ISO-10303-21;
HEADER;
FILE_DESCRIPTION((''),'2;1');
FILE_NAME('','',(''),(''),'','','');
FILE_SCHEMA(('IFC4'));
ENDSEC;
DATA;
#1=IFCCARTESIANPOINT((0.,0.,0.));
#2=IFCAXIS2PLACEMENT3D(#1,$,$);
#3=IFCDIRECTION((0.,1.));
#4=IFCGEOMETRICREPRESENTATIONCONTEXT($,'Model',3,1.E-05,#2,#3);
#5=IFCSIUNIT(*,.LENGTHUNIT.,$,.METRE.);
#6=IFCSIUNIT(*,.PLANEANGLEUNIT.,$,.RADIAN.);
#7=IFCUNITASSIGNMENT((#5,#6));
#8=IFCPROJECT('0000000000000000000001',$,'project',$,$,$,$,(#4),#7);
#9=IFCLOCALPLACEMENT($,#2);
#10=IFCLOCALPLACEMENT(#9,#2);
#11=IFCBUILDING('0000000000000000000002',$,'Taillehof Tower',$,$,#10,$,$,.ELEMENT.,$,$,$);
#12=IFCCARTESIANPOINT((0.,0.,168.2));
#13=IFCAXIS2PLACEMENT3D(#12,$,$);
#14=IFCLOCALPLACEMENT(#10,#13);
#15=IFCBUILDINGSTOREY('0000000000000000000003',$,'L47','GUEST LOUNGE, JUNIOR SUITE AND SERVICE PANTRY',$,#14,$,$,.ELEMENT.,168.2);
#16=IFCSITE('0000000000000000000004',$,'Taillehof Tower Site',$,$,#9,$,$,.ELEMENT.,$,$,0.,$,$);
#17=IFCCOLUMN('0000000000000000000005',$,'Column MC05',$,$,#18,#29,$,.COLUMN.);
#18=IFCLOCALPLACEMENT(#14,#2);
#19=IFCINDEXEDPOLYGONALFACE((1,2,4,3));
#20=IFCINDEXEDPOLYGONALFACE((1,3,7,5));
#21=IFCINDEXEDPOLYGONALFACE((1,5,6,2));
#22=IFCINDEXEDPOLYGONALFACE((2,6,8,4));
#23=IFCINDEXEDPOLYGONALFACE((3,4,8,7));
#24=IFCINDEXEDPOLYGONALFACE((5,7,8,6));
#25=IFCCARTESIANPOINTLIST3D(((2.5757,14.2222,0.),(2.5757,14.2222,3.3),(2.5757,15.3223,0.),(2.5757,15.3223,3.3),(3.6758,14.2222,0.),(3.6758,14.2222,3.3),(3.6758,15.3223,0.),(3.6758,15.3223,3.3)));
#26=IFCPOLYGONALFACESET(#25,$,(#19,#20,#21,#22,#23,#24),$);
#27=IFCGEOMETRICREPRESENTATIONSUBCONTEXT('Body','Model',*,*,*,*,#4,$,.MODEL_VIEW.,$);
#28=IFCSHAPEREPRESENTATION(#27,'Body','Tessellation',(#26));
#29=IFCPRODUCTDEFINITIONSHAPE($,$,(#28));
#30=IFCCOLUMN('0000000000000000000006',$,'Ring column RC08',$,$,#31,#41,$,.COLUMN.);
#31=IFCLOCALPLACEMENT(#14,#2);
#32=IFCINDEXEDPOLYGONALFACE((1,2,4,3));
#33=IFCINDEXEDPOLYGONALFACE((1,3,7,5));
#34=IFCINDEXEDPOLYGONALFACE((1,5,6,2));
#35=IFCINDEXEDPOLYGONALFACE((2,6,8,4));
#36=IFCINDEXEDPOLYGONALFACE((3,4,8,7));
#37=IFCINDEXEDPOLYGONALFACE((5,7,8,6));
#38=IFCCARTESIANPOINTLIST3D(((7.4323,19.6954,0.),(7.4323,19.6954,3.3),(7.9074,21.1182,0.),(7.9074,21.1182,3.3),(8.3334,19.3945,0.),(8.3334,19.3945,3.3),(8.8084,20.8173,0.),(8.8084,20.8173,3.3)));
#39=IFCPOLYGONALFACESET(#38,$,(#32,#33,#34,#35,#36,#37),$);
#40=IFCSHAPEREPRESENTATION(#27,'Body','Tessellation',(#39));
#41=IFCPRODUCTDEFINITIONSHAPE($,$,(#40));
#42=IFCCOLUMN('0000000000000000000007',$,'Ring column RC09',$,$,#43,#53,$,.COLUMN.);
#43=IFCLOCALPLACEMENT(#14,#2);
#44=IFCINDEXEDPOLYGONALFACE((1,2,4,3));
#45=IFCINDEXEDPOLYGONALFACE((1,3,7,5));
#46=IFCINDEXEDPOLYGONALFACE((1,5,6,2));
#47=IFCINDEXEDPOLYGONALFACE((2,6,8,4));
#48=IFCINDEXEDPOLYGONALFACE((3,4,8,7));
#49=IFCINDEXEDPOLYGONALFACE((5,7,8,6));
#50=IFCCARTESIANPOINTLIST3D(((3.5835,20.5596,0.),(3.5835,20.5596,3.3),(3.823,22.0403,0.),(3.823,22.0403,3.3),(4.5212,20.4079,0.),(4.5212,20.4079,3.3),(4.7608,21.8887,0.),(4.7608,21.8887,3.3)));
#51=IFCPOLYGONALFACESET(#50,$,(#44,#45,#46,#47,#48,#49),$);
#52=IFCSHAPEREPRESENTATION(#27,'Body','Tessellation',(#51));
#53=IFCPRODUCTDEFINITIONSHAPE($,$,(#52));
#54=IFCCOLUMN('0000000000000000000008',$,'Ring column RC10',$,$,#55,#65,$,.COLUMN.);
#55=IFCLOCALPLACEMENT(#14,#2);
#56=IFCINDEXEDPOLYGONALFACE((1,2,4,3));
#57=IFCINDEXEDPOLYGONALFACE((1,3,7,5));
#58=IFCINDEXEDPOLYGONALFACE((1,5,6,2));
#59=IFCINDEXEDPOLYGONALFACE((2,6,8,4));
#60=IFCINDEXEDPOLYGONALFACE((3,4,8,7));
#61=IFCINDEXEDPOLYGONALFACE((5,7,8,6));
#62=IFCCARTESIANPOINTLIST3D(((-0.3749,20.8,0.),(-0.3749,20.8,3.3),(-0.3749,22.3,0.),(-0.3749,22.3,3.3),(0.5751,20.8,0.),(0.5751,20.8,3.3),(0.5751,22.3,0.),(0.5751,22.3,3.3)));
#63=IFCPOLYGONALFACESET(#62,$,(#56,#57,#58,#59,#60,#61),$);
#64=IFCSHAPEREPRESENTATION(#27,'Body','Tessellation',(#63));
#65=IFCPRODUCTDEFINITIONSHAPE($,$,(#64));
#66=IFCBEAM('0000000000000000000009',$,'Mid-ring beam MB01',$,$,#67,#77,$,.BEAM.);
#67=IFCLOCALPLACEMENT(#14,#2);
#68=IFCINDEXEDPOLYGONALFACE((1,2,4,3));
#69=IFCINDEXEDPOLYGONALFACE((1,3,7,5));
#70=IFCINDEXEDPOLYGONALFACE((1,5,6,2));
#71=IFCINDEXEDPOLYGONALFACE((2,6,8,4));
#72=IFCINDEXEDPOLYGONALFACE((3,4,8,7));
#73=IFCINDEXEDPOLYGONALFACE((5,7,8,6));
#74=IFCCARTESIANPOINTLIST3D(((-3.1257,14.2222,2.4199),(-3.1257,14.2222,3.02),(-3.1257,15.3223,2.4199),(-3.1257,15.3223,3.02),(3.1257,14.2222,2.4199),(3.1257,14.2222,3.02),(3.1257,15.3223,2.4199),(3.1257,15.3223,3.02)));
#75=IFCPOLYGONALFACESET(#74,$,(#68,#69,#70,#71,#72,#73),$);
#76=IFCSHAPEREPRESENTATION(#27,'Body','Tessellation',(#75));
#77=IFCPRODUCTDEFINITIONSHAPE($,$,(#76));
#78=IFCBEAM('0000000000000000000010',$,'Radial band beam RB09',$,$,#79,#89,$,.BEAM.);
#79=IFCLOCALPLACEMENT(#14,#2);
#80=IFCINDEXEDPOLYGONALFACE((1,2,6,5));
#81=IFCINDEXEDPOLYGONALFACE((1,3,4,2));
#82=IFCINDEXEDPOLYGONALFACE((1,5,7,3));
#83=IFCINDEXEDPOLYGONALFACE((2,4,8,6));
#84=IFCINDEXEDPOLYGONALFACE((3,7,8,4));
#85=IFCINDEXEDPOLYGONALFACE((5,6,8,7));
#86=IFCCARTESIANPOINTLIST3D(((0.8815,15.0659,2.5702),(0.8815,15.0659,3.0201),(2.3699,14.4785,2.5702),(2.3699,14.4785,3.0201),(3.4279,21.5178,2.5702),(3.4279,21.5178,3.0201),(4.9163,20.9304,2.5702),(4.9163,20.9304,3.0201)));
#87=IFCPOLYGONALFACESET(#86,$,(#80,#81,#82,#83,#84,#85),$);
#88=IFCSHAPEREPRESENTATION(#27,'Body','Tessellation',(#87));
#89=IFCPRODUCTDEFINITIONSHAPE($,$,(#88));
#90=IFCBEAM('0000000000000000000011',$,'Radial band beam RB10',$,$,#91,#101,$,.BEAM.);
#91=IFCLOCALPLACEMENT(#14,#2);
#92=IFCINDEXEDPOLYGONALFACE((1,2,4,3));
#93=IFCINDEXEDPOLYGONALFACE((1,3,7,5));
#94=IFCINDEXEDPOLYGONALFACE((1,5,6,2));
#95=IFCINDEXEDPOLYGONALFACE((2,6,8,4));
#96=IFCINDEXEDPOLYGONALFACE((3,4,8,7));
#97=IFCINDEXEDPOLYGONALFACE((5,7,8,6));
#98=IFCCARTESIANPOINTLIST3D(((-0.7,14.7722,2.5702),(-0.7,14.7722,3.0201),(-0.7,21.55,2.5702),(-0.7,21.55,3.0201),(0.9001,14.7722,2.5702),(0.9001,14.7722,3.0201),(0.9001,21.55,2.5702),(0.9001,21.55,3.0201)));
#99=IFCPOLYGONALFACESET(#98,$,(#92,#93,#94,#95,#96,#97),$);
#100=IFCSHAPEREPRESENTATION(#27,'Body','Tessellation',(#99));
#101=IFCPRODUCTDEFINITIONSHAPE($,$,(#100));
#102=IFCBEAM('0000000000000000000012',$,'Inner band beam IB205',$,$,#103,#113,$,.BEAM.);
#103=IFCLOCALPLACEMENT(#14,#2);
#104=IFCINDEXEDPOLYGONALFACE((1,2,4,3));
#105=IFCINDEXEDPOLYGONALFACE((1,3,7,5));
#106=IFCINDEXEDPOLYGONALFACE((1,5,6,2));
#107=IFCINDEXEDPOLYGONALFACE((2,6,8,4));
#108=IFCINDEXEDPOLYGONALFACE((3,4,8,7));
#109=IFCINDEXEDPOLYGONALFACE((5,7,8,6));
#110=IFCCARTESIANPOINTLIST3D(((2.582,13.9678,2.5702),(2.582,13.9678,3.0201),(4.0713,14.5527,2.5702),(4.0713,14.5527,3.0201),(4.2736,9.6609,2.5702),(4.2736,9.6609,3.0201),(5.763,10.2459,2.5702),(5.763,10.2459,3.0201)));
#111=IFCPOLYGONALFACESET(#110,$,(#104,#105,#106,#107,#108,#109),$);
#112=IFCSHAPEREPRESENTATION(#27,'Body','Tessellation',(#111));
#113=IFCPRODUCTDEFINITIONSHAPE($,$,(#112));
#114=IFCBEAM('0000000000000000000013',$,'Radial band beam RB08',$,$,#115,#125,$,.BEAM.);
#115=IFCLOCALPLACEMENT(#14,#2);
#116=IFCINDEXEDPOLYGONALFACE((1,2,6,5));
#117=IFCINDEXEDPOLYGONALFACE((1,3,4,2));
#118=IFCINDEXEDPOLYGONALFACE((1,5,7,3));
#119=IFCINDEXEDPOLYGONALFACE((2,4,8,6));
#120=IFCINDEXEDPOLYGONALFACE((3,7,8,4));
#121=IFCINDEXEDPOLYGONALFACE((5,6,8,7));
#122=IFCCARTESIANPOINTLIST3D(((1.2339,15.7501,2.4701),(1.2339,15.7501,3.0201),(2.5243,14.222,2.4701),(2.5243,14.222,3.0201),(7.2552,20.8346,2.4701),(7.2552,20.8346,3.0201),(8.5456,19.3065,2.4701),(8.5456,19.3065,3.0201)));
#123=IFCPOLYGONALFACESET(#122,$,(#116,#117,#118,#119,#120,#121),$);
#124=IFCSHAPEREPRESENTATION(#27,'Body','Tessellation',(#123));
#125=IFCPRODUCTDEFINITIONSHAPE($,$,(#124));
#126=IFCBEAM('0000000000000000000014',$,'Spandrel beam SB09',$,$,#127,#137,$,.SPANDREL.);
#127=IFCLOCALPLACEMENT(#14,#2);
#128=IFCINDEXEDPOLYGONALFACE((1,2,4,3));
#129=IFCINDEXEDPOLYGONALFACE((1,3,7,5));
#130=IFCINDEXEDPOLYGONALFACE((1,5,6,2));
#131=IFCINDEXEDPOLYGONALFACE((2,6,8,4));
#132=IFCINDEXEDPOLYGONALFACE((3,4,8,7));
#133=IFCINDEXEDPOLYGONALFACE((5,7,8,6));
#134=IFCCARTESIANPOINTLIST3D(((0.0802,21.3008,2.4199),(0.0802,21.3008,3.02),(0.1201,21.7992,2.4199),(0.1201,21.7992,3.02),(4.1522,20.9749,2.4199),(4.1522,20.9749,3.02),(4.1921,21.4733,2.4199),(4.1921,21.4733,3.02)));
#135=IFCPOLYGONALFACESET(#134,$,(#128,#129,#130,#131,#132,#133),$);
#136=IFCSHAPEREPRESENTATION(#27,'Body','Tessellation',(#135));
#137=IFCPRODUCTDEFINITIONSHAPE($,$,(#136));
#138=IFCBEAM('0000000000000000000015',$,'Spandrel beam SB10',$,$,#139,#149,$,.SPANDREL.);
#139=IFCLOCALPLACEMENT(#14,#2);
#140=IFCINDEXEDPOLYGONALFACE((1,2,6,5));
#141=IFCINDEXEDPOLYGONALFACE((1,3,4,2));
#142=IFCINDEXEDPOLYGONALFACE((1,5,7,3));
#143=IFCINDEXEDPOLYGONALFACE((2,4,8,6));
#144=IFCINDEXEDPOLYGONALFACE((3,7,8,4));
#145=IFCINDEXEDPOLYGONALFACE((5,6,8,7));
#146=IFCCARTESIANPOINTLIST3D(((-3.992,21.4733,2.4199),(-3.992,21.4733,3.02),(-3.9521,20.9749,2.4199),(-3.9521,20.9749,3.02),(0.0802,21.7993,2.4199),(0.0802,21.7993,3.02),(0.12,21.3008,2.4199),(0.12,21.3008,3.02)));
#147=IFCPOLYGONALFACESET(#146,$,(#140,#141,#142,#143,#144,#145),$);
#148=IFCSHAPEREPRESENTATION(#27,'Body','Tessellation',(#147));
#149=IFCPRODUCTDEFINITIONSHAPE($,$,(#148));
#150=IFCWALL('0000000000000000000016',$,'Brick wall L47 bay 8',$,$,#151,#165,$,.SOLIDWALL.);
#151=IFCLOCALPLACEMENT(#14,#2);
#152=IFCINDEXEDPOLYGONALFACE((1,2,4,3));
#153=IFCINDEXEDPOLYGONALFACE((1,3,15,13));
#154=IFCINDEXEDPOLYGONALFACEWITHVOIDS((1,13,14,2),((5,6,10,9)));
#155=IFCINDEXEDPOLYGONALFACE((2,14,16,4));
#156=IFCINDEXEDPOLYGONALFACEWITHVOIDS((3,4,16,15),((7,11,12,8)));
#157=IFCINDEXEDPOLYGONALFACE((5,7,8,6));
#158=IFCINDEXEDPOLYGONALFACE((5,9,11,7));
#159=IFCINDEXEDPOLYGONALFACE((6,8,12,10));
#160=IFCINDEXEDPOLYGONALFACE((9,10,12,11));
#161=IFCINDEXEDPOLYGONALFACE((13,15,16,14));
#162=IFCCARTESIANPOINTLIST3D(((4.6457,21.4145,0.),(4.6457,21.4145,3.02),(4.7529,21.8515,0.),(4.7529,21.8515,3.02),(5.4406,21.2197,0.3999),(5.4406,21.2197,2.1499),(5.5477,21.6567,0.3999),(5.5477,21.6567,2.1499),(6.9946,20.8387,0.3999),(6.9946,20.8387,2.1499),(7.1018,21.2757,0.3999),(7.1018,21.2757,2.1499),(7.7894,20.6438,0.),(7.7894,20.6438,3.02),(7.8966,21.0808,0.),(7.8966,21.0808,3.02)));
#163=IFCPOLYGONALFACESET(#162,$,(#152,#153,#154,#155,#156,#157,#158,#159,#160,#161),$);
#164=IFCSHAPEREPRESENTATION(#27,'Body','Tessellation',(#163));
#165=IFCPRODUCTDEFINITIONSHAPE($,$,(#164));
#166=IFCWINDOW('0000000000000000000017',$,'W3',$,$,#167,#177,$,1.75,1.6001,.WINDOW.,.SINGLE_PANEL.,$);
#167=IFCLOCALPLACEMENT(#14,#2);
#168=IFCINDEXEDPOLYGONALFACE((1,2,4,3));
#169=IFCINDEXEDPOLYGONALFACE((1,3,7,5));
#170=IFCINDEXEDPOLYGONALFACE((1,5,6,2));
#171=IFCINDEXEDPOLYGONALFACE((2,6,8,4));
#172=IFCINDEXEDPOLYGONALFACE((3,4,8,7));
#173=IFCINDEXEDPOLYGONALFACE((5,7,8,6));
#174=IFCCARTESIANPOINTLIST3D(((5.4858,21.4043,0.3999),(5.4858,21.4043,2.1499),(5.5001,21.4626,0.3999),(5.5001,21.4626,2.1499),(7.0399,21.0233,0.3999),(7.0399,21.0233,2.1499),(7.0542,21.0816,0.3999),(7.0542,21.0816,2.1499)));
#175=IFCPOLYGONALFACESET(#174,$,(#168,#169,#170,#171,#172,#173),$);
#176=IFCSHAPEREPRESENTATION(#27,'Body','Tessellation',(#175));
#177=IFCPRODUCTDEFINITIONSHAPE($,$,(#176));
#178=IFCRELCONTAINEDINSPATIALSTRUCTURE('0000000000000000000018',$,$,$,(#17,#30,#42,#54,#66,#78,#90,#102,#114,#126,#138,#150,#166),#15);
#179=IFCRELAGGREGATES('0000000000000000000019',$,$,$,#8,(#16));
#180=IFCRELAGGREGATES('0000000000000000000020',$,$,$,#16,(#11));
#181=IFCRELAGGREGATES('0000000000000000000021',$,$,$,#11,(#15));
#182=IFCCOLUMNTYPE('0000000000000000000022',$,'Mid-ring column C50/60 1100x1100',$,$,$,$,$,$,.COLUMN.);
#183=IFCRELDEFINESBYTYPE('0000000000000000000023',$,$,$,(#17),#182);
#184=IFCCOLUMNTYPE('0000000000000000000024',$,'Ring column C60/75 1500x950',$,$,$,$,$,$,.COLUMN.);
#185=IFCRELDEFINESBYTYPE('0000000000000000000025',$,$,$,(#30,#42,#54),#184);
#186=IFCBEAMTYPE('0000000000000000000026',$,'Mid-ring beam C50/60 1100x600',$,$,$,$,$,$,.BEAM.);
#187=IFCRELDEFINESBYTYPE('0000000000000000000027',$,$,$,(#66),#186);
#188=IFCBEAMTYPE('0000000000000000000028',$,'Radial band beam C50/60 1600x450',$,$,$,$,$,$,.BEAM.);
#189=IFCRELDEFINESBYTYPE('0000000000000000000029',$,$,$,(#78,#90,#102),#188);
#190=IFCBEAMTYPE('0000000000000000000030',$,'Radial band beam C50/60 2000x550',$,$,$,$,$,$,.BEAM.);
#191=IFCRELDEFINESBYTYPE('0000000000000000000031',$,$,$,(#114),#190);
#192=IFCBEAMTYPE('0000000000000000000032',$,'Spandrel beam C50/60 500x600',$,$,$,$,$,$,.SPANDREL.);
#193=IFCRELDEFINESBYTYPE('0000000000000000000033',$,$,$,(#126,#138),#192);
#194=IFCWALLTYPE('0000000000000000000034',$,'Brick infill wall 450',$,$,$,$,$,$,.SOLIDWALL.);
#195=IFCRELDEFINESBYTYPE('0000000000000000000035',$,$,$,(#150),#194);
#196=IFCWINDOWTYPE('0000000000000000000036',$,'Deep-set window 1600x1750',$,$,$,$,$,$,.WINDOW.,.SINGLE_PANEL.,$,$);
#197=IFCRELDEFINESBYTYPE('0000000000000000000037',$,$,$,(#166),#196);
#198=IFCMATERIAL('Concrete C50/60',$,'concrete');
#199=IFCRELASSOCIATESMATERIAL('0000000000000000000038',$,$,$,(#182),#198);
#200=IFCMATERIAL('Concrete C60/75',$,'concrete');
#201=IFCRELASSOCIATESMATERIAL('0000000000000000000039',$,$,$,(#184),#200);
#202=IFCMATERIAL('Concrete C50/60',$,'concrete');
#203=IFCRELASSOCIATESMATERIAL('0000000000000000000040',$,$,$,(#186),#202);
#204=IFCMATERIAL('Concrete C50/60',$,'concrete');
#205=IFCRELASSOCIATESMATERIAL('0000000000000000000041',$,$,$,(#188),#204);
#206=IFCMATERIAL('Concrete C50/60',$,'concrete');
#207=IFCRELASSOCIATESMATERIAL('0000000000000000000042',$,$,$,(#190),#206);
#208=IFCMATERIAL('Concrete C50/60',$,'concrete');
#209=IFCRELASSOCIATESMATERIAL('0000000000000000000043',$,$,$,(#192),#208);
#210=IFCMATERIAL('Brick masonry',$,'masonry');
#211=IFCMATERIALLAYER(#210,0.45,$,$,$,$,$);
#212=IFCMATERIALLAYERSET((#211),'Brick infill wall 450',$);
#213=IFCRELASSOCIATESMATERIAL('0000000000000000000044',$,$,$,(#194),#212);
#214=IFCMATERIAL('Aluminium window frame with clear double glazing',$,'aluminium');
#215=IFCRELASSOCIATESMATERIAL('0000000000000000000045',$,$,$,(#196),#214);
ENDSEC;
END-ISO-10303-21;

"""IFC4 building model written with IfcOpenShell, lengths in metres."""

from ifc_helpers import new_model, si_unit, direction, frame, frame_2d, origin, origin_2d, place, context, subcontext, project, spatial, rectangle, extrude, material, layer, layer_set, material_profile, profile_set, type_object, element, fill, save


model = new_model("IFC4")

# Units and contexts
model_context = context("Model", 3, precision=1e-05, world=origin(), true_north=direction((0.0, 1.0)))
body_context = subcontext(model_context, "Body", "Model", "MODEL_VIEW")
ifc_project = project(units=[si_unit("LENGTHUNIT", "METRE"), si_unit("PLANEANGLEUNIT", "RADIAN")], contexts=[model_context])

# Site, building, storey
site_placement = place(None, origin())
site = spatial("IfcSite", under=ifc_project, at=site_placement, Name="Taillehof Tower Site", CompositionType="ELEMENT", RefElevation=0.0)
building_placement = place(site_placement, origin())
building = spatial("IfcBuilding", under=site, at=building_placement, Name="Taillehof Tower", CompositionType="ELEMENT")
storey_placement = place(building_placement, frame((0.0, 0.0, 168.2)))
storey = spatial("IfcBuildingStorey", under=building, at=storey_placement, Name="L47", Description="GUEST LOUNGE, JUNIOR SUITE AND SERVICE PANTRY", CompositionType="ELEMENT", Elevation=168.2)

# Columns
ifc_material_1 = material(Name="Concrete C50/60", Category="concrete")
ifc_material_profile_1 = material_profile(ifc_material_1, rectangle(XDim=1.1001, YDim=1.1001, at=origin_2d()), Name="RC 1100x1100")
ifc_profile_set_1 = profile_set([ifc_material_profile_1], Name="Concrete C50/60")
column_type_1 = type_object("IfcColumnType", Name="Mid-ring column C50/60 1100x1100", PredefinedType="COLUMN", material=ifc_profile_set_1)
column_placement = place(storey_placement, frame((3.1257, 14.7722, 0.0), z_axis=(0.0, 0.0, 1.0), x_axis=(1.0, 0.0, 0.0)))
element("IfcColumn", 1, at=column_placement, inside=storey, type_object=column_type_1, Name="Column MC05", PredefinedType="COLUMN", context=body_context, shape_type="SweptSolid", body=[
    extrude(rectangle(XDim=1.1001, YDim=1.1001, at=origin_2d()), origin(), (0.0, 0.0, 1.0), 3.3),
])
ifc_material_2 = material(Name="Concrete C60/75", Category="concrete")
ifc_material_profile_2 = material_profile(ifc_material_2, rectangle(XDim=1.5, YDim=0.95, at=origin_2d()), Name="RC 1500x950")
ifc_profile_set_2 = profile_set([ifc_material_profile_2], Name="Concrete C60/75")
column_type_2 = type_object("IfcColumnType", Name="Ring column C60/75 1500x950", PredefinedType="COLUMN", material=ifc_profile_set_2)
for number, where, z_axis, x_axis, name in (
    (2, (8.1204, 20.2563, 0.0), (0.0, 0.0, 1.0), (0.316703, 0.948525, 0.0), "Ring column RC08"),
    (3, (4.1721, 21.2241, 0.0), (0.0, 0.0, 1.0), (0.159679, 0.987169, 0.0), "Ring column RC09"),
    (4, (0.1001, 21.55, 0.0), (0.0, 0.0, 1.0), (0.0, 1.0, 0.0), "Ring column RC10"),
):
    element("IfcColumn", number, at=place(storey_placement, frame(where, z_axis=z_axis, x_axis=x_axis)), inside=storey, type_object=column_type_2, Name=name, PredefinedType="COLUMN", context=body_context, shape_type="SweptSolid", body=[
        extrude(rectangle(XDim=1.5, YDim=0.95, at=origin_2d()), origin(), (0.0, 0.0, 1.0), 3.3),
    ])

# Beams
ifc_material_3 = material(Name="Concrete C50/60", Category="concrete")
ifc_material_profile_3 = material_profile(ifc_material_3, rectangle(XDim=1.1001, YDim=0.6001, at=origin_2d()), Name="RC 1100x600")
ifc_profile_set_3 = profile_set([ifc_material_profile_3], Name="Concrete C50/60")
beam_type_1 = type_object("IfcBeamType", Name="Mid-ring beam C50/60 1100x600", PredefinedType="BEAM", material=ifc_profile_set_3)
beam_1_placement = place(storey_placement, frame((3.1257, 14.7722, 2.72), z_axis=(-1.0, 0.0, 0.0), x_axis=(0.0, -1.0, 0.0)))
element("IfcBeam", 5, at=beam_1_placement, inside=storey, type_object=beam_type_1, Name="Mid-ring beam MB01", PredefinedType="BEAM", context=body_context, shape_type="SweptSolid", body=[
    extrude(rectangle(XDim=1.1001, YDim=0.6001, at=origin_2d()), origin(), (0.0, 0.0, 1.0), 6.2515),
])
ifc_material_4 = material(Name="Concrete C50/60", Category="concrete")
ifc_material_profile_4 = material_profile(ifc_material_4, rectangle(XDim=1.6001, YDim=0.45, at=origin_2d()), Name="RC 1600x450")
ifc_profile_set_4 = profile_set([ifc_material_profile_4], Name="Concrete C50/60")
beam_type_2 = type_object("IfcBeamType", Name="Radial band beam C50/60 1600x450", PredefinedType="BEAM", material=ifc_profile_set_4)
beam_2_placement = place(storey_placement, frame((4.1721, 21.2241, 2.7952), z_axis=(-0.367114, -0.930176, 0.0), x_axis=(0.930176, -0.367114, 0.0)))
element("IfcBeam", 6, at=beam_2_placement, inside=storey, type_object=beam_type_2, Name="Radial band beam RB09", PredefinedType="BEAM", context=body_context, shape_type="SweptSolid", body=[
    extrude(rectangle(XDim=1.6001, YDim=0.45, at=origin_2d()), origin(), (0.0, 0.0, 1.0), 6.9363),
])
beam_3_placement = place(storey_placement, frame((0.1001, 21.55, 2.7952), z_axis=(0.0, -1.0, 0.0), x_axis=(1.0, 0.0, 0.0)))
element("IfcBeam", 7, at=beam_3_placement, inside=storey, type_object=beam_type_2, Name="Radial band beam RB10", PredefinedType="BEAM", context=body_context, shape_type="SweptSolid", body=[
    extrude(rectangle(XDim=1.6001, YDim=0.45, at=origin_2d()), origin(), (0.0, 0.0, 1.0), 6.7778),
])
beam_4_placement = place(storey_placement, frame((3.3267, 14.2603, 2.7952), z_axis=(0.365589, -0.930777, 0.0), x_axis=(0.930777, 0.365589, 0.0)))
element("IfcBeam", 8, at=beam_4_placement, inside=storey, type_object=beam_type_2, Name="Inner band beam IB205", PredefinedType="BEAM", context=body_context, shape_type="SweptSolid", body=[
    extrude(rectangle(XDim=1.6001, YDim=0.45, at=origin_2d()), origin(), (0.0, 0.0, 1.0), 4.6272),
])
ifc_material_5 = material(Name="Concrete C50/60", Category="concrete")
ifc_material_profile_5 = material_profile(ifc_material_5, rectangle(XDim=2.0, YDim=0.55, at=origin_2d()), Name="RC 2000x550")
ifc_profile_set_5 = profile_set([ifc_material_profile_5], Name="Concrete C50/60")
beam_type_3 = type_object("IfcBeamType", Name="Radial band beam C50/60 2000x550", PredefinedType="BEAM", material=ifc_profile_set_5)
beam_5_placement = place(storey_placement, frame((7.9004, 20.0706, 2.7451), z_axis=(-0.764038, -0.645171, 0.0), x_axis=(0.645171, -0.764038, 0.0)))
element("IfcBeam", 9, at=beam_5_placement, inside=storey, type_object=beam_type_3, Name="Radial band beam RB08", PredefinedType="BEAM", context=body_context, shape_type="SweptSolid", body=[
    extrude(rectangle(XDim=2.0, YDim=0.55, at=origin_2d()), origin(), (0.0, 0.0, 1.0), 7.8809),
])
ifc_material_6 = material(Name="Concrete C50/60", Category="concrete")
ifc_material_profile_6 = material_profile(ifc_material_6, rectangle(XDim=0.5, YDim=0.6001, at=origin_2d()), Name="RC 500x600")
ifc_profile_set_6 = profile_set([ifc_material_profile_6], Name="Concrete C50/60")
beam_type_4 = type_object("IfcBeamType", Name="Spandrel beam C50/60 500x600", PredefinedType="SPANDREL", material=ifc_profile_set_6)
beam_6_placement = place(storey_placement, frame((4.1721, 21.2241, 2.72), z_axis=(-0.996812, 0.079786, 0.0), x_axis=(-0.079786, -0.996812, 0.0)))
element("IfcBeam", 10, at=beam_6_placement, inside=storey, type_object=beam_type_4, Name="Spandrel beam SB09", PredefinedType="SPANDREL", context=body_context, shape_type="SweptSolid", body=[
    extrude(rectangle(XDim=0.5, YDim=0.6001, at=origin_2d()), origin(), (0.0, 0.0, 1.0), 4.085),
])
beam_7_placement = place(storey_placement, frame((0.1001, 21.55, 2.72), z_axis=(-0.996812, -0.079781, 0.0), x_axis=(0.079781, -0.996812, 0.0)))
element("IfcBeam", 11, at=beam_7_placement, inside=storey, type_object=beam_type_4, Name="Spandrel beam SB10", PredefinedType="SPANDREL", context=body_context, shape_type="SweptSolid", body=[
    extrude(rectangle(XDim=0.5, YDim=0.6001, at=origin_2d()), origin(), (0.0, 0.0, 1.0), 4.0852),
])

# Wall, opening, window
ifc_material_7 = material(Name="Brick masonry", Category="masonry")
ifc_layer_1 = layer(ifc_material_7, 0.45)
ifc_layer_set_1 = layer_set([ifc_layer_1], Name="Brick infill wall 450")
wall_type_1 = type_object("IfcWallType", Name="Brick infill wall 450", PredefinedType="SOLIDWALL", material=ifc_layer_set_1)
wall_1_placement = place(storey_placement, frame((7.843, 20.8623, 0.0), z_axis=(0.0, 0.0, 1.0), x_axis=(-0.971237, 0.238114, 0.0)))
wall_1 = element("IfcWall", 12, at=wall_1_placement, inside=storey, type_object=wall_type_1, Name="Brick wall L47 bay 8", PredefinedType="SOLIDWALL", context=body_context, shape_type="SweptSolid", body=[
    extrude(rectangle(XDim=3.2368, YDim=0.45, at=frame_2d((1.6184, 0.0))), origin(), (0.0, 0.0, 1.0), 3.02),
])
opening_1_placement = place(wall_1_placement, frame((0.8184, 0.0, 0.3999)))
opening_1 = element("IfcOpeningElement", 13, at=opening_1_placement, cuts=wall_1, PredefinedType="OPENING", context=body_context, shape_type="SweptSolid", body=[
    extrude(rectangle(XDim=1.6001, YDim=1.75, at=frame_2d((0.8, 0.875))), frame((0.0, 0.2349, 0.0), z_axis=(0.0, -1.0, 0.0), x_axis=(1.0, 0.0, 0.0)), (0.0, 0.0, 1.0), 0.47),
])
ifc_material_8 = material(Name="Aluminium window frame with clear double glazing", Category="aluminium")
window_type = type_object("IfcWindowType", Name="Deep-set window 1600x1750", PartitioningType="SINGLE_PANEL", PredefinedType="WINDOW", material=ifc_material_8)
window_1_placement = place(opening_1_placement, origin())
window_1 = element("IfcWindow", 14, at=window_1_placement, inside=storey, type_object=window_type, Name="W3", OverallHeight=1.75, OverallWidth=1.6001, PartitioningType="SINGLE_PANEL", PredefinedType="WINDOW", context=body_context, shape_type="SweptSolid", body=[
    extrude(rectangle(XDim=1.6001, YDim=1.75, at=frame_2d((0.8, 0.875))), frame((0.0, 0.0349, 0.0), z_axis=(0.0, -1.0, 0.0), x_axis=(1.0, 0.0, 0.0)), (0.0, 0.0, 1.0), 0.0601),
])
fill(opening_1, window_1)

save(model, "model.ifc")
